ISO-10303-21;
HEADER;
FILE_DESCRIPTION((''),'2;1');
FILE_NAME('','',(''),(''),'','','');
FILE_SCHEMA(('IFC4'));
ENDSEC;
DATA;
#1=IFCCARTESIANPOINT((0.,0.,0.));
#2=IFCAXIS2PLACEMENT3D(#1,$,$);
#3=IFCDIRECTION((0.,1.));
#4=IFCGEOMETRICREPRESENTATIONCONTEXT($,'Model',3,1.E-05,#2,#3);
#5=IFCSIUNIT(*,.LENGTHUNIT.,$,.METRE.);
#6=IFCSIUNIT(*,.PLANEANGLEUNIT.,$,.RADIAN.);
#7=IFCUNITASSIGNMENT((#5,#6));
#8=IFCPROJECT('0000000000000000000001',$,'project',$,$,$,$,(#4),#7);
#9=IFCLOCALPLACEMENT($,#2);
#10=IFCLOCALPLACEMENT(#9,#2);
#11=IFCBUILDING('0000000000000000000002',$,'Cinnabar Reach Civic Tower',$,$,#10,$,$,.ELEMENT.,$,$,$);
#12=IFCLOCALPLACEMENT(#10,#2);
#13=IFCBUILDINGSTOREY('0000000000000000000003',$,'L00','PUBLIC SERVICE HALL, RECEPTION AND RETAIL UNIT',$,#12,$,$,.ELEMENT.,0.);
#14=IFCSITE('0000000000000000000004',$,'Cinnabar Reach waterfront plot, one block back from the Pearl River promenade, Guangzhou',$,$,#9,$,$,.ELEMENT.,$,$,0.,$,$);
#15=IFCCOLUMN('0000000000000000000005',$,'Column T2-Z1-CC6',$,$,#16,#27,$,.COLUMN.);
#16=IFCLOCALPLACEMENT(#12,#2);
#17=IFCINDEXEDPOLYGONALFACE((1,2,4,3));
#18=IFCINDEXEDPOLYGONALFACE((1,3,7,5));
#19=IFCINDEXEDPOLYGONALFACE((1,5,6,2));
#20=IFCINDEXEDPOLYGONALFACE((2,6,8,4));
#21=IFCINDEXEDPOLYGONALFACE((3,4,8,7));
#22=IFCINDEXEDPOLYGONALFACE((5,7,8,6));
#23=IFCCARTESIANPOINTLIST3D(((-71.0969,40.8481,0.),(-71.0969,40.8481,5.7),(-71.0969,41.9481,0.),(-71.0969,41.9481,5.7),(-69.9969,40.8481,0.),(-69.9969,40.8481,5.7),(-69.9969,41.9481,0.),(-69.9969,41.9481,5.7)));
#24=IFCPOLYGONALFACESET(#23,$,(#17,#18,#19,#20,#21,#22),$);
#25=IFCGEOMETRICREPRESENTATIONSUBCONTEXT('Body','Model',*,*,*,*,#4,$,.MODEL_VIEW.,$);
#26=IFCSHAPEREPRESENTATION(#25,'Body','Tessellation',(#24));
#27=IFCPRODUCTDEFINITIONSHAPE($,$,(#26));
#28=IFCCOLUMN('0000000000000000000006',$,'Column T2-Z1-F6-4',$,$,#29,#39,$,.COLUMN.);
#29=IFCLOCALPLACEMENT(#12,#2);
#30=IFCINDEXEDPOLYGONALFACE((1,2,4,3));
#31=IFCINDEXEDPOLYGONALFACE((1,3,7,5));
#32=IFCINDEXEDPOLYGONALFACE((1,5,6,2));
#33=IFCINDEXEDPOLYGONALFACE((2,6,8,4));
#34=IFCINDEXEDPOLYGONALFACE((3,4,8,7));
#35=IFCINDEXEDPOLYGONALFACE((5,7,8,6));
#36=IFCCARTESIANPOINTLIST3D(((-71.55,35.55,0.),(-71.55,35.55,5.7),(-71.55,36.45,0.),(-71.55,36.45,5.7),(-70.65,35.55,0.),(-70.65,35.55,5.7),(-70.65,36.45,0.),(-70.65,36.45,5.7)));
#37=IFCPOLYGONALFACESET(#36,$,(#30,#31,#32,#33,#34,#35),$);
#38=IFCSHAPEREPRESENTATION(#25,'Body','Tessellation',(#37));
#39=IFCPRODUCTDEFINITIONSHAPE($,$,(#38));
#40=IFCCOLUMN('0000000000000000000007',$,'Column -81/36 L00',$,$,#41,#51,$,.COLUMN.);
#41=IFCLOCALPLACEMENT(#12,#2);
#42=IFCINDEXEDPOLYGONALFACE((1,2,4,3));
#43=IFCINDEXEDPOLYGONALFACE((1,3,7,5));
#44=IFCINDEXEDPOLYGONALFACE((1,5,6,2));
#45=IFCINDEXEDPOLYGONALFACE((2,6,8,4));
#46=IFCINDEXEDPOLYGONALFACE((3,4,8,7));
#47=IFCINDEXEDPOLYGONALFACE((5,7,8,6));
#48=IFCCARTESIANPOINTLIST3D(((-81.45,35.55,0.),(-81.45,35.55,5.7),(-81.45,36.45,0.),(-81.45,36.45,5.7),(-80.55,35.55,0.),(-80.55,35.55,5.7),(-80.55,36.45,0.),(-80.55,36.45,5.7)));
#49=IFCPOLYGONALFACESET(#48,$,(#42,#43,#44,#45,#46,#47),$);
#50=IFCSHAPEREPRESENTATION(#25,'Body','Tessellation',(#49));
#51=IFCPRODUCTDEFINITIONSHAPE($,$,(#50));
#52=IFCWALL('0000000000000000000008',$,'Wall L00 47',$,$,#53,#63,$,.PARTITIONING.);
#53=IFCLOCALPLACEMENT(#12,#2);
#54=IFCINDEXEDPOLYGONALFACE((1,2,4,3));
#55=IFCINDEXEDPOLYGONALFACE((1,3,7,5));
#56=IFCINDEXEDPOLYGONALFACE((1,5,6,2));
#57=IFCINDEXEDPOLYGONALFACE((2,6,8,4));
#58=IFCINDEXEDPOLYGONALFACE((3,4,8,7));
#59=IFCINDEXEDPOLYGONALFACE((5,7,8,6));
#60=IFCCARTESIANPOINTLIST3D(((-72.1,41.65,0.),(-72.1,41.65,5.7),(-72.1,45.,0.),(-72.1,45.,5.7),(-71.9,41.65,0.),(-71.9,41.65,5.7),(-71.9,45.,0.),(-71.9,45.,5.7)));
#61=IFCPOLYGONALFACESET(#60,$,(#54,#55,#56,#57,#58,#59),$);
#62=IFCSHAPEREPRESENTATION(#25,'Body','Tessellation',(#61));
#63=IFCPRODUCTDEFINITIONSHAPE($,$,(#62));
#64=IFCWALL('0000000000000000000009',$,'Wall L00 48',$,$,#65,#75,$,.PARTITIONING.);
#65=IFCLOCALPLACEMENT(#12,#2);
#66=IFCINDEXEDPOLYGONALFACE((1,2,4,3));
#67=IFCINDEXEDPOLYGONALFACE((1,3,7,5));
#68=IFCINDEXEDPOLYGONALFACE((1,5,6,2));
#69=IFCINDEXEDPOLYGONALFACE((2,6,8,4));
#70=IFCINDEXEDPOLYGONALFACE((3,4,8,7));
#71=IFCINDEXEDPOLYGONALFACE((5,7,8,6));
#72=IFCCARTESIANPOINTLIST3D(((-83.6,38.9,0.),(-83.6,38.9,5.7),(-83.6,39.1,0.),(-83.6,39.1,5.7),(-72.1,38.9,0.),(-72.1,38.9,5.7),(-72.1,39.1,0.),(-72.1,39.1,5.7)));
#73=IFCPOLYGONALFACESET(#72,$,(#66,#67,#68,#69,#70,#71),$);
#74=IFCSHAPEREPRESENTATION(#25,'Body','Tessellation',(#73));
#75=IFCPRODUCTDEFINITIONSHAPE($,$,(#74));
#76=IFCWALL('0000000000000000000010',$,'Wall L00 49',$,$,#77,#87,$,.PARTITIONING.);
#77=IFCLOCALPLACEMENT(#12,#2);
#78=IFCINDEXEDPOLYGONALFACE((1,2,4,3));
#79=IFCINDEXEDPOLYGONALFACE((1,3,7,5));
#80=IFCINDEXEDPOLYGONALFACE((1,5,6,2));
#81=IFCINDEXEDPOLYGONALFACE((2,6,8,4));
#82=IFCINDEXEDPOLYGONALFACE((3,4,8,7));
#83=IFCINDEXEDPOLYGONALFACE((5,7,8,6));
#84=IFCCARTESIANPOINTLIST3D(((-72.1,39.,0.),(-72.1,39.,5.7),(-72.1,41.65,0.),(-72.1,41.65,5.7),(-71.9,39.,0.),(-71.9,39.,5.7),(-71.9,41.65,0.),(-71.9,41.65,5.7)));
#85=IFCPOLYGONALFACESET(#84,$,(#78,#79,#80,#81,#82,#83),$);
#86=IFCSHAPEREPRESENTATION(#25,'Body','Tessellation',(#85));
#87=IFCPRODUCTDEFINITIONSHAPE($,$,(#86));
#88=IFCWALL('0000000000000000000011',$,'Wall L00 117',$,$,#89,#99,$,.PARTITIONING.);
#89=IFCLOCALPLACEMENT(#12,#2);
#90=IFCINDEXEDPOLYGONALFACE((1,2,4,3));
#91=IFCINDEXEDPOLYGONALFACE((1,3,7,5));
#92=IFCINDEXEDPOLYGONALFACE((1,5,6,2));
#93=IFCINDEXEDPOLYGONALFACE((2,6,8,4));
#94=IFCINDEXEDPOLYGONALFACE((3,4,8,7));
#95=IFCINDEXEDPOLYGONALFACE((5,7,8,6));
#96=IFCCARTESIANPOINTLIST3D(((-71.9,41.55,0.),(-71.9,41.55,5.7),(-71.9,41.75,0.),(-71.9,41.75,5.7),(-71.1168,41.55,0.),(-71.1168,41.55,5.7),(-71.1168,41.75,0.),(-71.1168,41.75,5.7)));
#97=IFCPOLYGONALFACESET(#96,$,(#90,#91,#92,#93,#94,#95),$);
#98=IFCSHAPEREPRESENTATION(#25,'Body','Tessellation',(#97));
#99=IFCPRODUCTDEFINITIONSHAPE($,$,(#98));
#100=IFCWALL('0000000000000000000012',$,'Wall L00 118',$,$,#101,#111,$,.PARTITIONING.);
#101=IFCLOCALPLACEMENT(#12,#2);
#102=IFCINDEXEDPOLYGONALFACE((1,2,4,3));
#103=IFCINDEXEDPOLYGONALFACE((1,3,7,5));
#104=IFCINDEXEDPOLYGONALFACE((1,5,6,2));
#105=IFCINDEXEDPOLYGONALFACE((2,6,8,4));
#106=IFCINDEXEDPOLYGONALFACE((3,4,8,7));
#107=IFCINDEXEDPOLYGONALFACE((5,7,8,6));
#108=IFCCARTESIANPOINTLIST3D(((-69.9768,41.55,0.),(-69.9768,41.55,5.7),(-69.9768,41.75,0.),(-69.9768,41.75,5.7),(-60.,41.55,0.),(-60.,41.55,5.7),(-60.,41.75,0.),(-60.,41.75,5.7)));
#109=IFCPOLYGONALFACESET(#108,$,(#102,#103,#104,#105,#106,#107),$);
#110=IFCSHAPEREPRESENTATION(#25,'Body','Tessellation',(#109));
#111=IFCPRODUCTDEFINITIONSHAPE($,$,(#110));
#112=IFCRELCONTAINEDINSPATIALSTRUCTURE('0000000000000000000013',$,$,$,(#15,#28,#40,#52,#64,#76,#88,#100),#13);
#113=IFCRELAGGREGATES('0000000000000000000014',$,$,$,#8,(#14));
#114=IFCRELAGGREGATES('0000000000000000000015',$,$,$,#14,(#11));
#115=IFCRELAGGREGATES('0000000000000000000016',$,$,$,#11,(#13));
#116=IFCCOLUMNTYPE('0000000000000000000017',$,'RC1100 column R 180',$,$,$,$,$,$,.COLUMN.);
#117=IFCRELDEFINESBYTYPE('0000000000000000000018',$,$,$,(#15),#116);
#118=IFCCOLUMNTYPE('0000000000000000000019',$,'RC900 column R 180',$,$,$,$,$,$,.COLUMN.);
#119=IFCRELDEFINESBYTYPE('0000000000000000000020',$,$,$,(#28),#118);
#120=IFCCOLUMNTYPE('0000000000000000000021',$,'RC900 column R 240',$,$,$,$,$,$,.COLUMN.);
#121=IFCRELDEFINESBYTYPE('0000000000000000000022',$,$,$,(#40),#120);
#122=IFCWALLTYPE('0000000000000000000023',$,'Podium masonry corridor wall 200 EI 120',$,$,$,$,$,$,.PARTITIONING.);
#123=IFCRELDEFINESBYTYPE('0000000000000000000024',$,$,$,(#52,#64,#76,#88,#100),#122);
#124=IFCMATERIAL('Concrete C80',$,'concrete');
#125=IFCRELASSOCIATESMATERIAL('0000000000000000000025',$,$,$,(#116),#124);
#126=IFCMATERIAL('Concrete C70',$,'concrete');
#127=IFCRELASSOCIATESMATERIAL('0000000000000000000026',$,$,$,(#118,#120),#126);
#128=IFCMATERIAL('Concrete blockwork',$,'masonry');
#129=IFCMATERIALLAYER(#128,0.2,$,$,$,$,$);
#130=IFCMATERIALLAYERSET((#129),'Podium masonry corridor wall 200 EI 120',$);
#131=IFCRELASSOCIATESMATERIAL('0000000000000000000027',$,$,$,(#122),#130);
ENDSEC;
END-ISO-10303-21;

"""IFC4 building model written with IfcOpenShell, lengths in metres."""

from ifc_helpers import new_model, si_unit, direction, frame, frame_2d, origin, origin_2d, place, context, subcontext, project, spatial, rectangle, extrude, material, layer, layer_set, material_profile, profile_set, type_object, element, save


model = new_model("IFC4")

# Units and contexts
model_context = context("Model", 3, precision=1e-05, world=origin(), true_north=direction((0.0, 1.0)))
body_context = subcontext(model_context, "Body", "Model", "MODEL_VIEW")
ifc_project = project(units=[si_unit("LENGTHUNIT", "METRE"), si_unit("PLANEANGLEUNIT", "RADIAN")], contexts=[model_context])

# Site, building, storey
site_placement = place(None, origin())
site = spatial("IfcSite", under=ifc_project, at=site_placement, Name="Cinnabar Reach waterfront plot, one block back from the Pearl River promenade, Guangzhou", CompositionType="ELEMENT", RefElevation=0.0)
building_placement = place(site_placement, origin())
building = spatial("IfcBuilding", under=site, at=building_placement, Name="Cinnabar Reach Civic Tower", CompositionType="ELEMENT")
storey_placement = place(building_placement, origin())
storey = spatial("IfcBuildingStorey", under=building, at=storey_placement, Name="L00", Description="PUBLIC SERVICE HALL, RECEPTION AND RETAIL UNIT", CompositionType="ELEMENT", Elevation=0.0)

# Columns
ifc_material_1 = material(Name="Concrete C80", Category="concrete")
ifc_material_profile_1 = material_profile(ifc_material_1, rectangle(XDim=1.1, YDim=1.1, at=origin_2d()), Name="RC1100")
ifc_profile_set_1 = profile_set([ifc_material_profile_1], Name="Concrete C80")
column_type_1 = type_object("IfcColumnType", Name="RC1100 column R 180", PredefinedType="COLUMN", material=ifc_profile_set_1)
column_1_placement = place(storey_placement, frame((-70.5469, 41.3981, 0.0), z_axis=(0.0, 0.0, 1.0), x_axis=(1.0, 0.0, 0.0)))
element("IfcColumn", 1, at=column_1_placement, inside=storey, type_object=column_type_1, Name="Column T2-Z1-CC6", PredefinedType="COLUMN", context=body_context, shape_type="SweptSolid", body=[
    extrude(rectangle(XDim=1.1, YDim=1.1, at=origin_2d()), origin(), (0.0, 0.0, 1.0), 5.7),
])
ifc_material_2 = material(Name="Concrete C70", Category="concrete")
ifc_material_profile_2 = material_profile(ifc_material_2, rectangle(XDim=0.9, YDim=0.9, at=origin_2d()), Name="RC900")
ifc_profile_set_2 = profile_set([ifc_material_profile_2], Name="Concrete C70")
column_type_2 = type_object("IfcColumnType", Name="RC900 column R 180", PredefinedType="COLUMN", material=ifc_profile_set_2)
column_2_placement = place(storey_placement, frame((-71.1, 36.0, 0.0), z_axis=(0.0, 0.0, 1.0), x_axis=(1.0, 0.0, 0.0)))
element("IfcColumn", 2, at=column_2_placement, inside=storey, type_object=column_type_2, Name="Column T2-Z1-F6-4", PredefinedType="COLUMN", context=body_context, shape_type="SweptSolid", body=[
    extrude(rectangle(XDim=0.9, YDim=0.9, at=origin_2d()), origin(), (0.0, 0.0, 1.0), 5.7),
])
ifc_material_profile_3 = material_profile(ifc_material_2, rectangle(XDim=0.9, YDim=0.9, at=origin_2d()), Name="RC900")
ifc_profile_set_3 = profile_set([ifc_material_profile_3], Name="Concrete C70")
column_type_3 = type_object("IfcColumnType", Name="RC900 column R 240", PredefinedType="COLUMN", material=ifc_profile_set_3)
column_3_placement = place(storey_placement, frame((-81.0, 36.0, 0.0), z_axis=(0.0, 0.0, 1.0), x_axis=(1.0, 0.0, 0.0)))
element("IfcColumn", 3, at=column_3_placement, inside=storey, type_object=column_type_3, Name="Column -81/36 L00", PredefinedType="COLUMN", context=body_context, shape_type="SweptSolid", body=[
    extrude(rectangle(XDim=0.9, YDim=0.9, at=origin_2d()), origin(), (0.0, 0.0, 1.0), 5.7),
])

# Walls
ifc_material_3 = material(Name="Concrete blockwork", Category="masonry")
ifc_layer = layer(ifc_material_3, 0.2)
ifc_layer_set = layer_set([ifc_layer], Name="Podium masonry corridor wall 200 EI 120")
wall_type = type_object("IfcWallType", Name="Podium masonry corridor wall 200 EI 120", PredefinedType="PARTITIONING", material=ifc_layer_set)
wall_1_placement = place(storey_placement, frame((-72.0, 41.65, 0.0), z_axis=(0.0, 0.0, 1.0), x_axis=(0.0, 1.0, 0.0)))
element("IfcWall", 4, at=wall_1_placement, inside=storey, type_object=wall_type, Name="Wall L00 47", PredefinedType="PARTITIONING", context=body_context, shape_type="SweptSolid", body=[
    extrude(rectangle(XDim=3.35, YDim=0.2, at=frame_2d((1.675, 0.0))), origin(), (0.0, 0.0, 1.0), 5.7),
])
wall_2_placement = place(storey_placement, frame((-83.6, 39.0, 0.0), z_axis=(0.0, 0.0, 1.0), x_axis=(1.0, 0.0, 0.0)))
element("IfcWall", 5, at=wall_2_placement, inside=storey, type_object=wall_type, Name="Wall L00 48", PredefinedType="PARTITIONING", context=body_context, shape_type="SweptSolid", body=[
    extrude(rectangle(XDim=11.5, YDim=0.2, at=frame_2d((5.75, 0.0))), origin(), (0.0, 0.0, 1.0), 5.7),
])
wall_3_placement = place(storey_placement, frame((-72.0, 39.0, 0.0), z_axis=(0.0, 0.0, 1.0), x_axis=(0.0, 1.0, 0.0)))
element("IfcWall", 6, at=wall_3_placement, inside=storey, type_object=wall_type, Name="Wall L00 49", PredefinedType="PARTITIONING", context=body_context, shape_type="SweptSolid", body=[
    extrude(rectangle(XDim=2.65, YDim=0.2, at=frame_2d((1.325, 0.0))), origin(), (0.0, 0.0, 1.0), 5.7),
])
wall_4_placement = place(storey_placement, frame((-71.9, 41.65, 0.0), z_axis=(0.0, 0.0, 1.0), x_axis=(1.0, 0.0, 0.0)))
element("IfcWall", 7, at=wall_4_placement, inside=storey, type_object=wall_type, Name="Wall L00 117", PredefinedType="PARTITIONING", context=body_context, shape_type="SweptSolid", body=[
    extrude(rectangle(XDim=0.7831, YDim=0.2, at=frame_2d((0.3916, 0.0))), origin(), (0.0, 0.0, 1.0), 5.7),
])
wall_5_placement = place(storey_placement, frame((-69.9769, 41.65, 0.0), z_axis=(0.0, 0.0, 1.0), x_axis=(1.0, 0.0, 0.0)))
element("IfcWall", 8, at=wall_5_placement, inside=storey, type_object=wall_type, Name="Wall L00 118", PredefinedType="PARTITIONING", context=body_context, shape_type="SweptSolid", body=[
    extrude(rectangle(XDim=9.9769, YDim=0.2, at=frame_2d((4.9885, 0.0))), origin(), (0.0, 0.0, 1.0), 5.7),
])

save(model, "model.ifc")
